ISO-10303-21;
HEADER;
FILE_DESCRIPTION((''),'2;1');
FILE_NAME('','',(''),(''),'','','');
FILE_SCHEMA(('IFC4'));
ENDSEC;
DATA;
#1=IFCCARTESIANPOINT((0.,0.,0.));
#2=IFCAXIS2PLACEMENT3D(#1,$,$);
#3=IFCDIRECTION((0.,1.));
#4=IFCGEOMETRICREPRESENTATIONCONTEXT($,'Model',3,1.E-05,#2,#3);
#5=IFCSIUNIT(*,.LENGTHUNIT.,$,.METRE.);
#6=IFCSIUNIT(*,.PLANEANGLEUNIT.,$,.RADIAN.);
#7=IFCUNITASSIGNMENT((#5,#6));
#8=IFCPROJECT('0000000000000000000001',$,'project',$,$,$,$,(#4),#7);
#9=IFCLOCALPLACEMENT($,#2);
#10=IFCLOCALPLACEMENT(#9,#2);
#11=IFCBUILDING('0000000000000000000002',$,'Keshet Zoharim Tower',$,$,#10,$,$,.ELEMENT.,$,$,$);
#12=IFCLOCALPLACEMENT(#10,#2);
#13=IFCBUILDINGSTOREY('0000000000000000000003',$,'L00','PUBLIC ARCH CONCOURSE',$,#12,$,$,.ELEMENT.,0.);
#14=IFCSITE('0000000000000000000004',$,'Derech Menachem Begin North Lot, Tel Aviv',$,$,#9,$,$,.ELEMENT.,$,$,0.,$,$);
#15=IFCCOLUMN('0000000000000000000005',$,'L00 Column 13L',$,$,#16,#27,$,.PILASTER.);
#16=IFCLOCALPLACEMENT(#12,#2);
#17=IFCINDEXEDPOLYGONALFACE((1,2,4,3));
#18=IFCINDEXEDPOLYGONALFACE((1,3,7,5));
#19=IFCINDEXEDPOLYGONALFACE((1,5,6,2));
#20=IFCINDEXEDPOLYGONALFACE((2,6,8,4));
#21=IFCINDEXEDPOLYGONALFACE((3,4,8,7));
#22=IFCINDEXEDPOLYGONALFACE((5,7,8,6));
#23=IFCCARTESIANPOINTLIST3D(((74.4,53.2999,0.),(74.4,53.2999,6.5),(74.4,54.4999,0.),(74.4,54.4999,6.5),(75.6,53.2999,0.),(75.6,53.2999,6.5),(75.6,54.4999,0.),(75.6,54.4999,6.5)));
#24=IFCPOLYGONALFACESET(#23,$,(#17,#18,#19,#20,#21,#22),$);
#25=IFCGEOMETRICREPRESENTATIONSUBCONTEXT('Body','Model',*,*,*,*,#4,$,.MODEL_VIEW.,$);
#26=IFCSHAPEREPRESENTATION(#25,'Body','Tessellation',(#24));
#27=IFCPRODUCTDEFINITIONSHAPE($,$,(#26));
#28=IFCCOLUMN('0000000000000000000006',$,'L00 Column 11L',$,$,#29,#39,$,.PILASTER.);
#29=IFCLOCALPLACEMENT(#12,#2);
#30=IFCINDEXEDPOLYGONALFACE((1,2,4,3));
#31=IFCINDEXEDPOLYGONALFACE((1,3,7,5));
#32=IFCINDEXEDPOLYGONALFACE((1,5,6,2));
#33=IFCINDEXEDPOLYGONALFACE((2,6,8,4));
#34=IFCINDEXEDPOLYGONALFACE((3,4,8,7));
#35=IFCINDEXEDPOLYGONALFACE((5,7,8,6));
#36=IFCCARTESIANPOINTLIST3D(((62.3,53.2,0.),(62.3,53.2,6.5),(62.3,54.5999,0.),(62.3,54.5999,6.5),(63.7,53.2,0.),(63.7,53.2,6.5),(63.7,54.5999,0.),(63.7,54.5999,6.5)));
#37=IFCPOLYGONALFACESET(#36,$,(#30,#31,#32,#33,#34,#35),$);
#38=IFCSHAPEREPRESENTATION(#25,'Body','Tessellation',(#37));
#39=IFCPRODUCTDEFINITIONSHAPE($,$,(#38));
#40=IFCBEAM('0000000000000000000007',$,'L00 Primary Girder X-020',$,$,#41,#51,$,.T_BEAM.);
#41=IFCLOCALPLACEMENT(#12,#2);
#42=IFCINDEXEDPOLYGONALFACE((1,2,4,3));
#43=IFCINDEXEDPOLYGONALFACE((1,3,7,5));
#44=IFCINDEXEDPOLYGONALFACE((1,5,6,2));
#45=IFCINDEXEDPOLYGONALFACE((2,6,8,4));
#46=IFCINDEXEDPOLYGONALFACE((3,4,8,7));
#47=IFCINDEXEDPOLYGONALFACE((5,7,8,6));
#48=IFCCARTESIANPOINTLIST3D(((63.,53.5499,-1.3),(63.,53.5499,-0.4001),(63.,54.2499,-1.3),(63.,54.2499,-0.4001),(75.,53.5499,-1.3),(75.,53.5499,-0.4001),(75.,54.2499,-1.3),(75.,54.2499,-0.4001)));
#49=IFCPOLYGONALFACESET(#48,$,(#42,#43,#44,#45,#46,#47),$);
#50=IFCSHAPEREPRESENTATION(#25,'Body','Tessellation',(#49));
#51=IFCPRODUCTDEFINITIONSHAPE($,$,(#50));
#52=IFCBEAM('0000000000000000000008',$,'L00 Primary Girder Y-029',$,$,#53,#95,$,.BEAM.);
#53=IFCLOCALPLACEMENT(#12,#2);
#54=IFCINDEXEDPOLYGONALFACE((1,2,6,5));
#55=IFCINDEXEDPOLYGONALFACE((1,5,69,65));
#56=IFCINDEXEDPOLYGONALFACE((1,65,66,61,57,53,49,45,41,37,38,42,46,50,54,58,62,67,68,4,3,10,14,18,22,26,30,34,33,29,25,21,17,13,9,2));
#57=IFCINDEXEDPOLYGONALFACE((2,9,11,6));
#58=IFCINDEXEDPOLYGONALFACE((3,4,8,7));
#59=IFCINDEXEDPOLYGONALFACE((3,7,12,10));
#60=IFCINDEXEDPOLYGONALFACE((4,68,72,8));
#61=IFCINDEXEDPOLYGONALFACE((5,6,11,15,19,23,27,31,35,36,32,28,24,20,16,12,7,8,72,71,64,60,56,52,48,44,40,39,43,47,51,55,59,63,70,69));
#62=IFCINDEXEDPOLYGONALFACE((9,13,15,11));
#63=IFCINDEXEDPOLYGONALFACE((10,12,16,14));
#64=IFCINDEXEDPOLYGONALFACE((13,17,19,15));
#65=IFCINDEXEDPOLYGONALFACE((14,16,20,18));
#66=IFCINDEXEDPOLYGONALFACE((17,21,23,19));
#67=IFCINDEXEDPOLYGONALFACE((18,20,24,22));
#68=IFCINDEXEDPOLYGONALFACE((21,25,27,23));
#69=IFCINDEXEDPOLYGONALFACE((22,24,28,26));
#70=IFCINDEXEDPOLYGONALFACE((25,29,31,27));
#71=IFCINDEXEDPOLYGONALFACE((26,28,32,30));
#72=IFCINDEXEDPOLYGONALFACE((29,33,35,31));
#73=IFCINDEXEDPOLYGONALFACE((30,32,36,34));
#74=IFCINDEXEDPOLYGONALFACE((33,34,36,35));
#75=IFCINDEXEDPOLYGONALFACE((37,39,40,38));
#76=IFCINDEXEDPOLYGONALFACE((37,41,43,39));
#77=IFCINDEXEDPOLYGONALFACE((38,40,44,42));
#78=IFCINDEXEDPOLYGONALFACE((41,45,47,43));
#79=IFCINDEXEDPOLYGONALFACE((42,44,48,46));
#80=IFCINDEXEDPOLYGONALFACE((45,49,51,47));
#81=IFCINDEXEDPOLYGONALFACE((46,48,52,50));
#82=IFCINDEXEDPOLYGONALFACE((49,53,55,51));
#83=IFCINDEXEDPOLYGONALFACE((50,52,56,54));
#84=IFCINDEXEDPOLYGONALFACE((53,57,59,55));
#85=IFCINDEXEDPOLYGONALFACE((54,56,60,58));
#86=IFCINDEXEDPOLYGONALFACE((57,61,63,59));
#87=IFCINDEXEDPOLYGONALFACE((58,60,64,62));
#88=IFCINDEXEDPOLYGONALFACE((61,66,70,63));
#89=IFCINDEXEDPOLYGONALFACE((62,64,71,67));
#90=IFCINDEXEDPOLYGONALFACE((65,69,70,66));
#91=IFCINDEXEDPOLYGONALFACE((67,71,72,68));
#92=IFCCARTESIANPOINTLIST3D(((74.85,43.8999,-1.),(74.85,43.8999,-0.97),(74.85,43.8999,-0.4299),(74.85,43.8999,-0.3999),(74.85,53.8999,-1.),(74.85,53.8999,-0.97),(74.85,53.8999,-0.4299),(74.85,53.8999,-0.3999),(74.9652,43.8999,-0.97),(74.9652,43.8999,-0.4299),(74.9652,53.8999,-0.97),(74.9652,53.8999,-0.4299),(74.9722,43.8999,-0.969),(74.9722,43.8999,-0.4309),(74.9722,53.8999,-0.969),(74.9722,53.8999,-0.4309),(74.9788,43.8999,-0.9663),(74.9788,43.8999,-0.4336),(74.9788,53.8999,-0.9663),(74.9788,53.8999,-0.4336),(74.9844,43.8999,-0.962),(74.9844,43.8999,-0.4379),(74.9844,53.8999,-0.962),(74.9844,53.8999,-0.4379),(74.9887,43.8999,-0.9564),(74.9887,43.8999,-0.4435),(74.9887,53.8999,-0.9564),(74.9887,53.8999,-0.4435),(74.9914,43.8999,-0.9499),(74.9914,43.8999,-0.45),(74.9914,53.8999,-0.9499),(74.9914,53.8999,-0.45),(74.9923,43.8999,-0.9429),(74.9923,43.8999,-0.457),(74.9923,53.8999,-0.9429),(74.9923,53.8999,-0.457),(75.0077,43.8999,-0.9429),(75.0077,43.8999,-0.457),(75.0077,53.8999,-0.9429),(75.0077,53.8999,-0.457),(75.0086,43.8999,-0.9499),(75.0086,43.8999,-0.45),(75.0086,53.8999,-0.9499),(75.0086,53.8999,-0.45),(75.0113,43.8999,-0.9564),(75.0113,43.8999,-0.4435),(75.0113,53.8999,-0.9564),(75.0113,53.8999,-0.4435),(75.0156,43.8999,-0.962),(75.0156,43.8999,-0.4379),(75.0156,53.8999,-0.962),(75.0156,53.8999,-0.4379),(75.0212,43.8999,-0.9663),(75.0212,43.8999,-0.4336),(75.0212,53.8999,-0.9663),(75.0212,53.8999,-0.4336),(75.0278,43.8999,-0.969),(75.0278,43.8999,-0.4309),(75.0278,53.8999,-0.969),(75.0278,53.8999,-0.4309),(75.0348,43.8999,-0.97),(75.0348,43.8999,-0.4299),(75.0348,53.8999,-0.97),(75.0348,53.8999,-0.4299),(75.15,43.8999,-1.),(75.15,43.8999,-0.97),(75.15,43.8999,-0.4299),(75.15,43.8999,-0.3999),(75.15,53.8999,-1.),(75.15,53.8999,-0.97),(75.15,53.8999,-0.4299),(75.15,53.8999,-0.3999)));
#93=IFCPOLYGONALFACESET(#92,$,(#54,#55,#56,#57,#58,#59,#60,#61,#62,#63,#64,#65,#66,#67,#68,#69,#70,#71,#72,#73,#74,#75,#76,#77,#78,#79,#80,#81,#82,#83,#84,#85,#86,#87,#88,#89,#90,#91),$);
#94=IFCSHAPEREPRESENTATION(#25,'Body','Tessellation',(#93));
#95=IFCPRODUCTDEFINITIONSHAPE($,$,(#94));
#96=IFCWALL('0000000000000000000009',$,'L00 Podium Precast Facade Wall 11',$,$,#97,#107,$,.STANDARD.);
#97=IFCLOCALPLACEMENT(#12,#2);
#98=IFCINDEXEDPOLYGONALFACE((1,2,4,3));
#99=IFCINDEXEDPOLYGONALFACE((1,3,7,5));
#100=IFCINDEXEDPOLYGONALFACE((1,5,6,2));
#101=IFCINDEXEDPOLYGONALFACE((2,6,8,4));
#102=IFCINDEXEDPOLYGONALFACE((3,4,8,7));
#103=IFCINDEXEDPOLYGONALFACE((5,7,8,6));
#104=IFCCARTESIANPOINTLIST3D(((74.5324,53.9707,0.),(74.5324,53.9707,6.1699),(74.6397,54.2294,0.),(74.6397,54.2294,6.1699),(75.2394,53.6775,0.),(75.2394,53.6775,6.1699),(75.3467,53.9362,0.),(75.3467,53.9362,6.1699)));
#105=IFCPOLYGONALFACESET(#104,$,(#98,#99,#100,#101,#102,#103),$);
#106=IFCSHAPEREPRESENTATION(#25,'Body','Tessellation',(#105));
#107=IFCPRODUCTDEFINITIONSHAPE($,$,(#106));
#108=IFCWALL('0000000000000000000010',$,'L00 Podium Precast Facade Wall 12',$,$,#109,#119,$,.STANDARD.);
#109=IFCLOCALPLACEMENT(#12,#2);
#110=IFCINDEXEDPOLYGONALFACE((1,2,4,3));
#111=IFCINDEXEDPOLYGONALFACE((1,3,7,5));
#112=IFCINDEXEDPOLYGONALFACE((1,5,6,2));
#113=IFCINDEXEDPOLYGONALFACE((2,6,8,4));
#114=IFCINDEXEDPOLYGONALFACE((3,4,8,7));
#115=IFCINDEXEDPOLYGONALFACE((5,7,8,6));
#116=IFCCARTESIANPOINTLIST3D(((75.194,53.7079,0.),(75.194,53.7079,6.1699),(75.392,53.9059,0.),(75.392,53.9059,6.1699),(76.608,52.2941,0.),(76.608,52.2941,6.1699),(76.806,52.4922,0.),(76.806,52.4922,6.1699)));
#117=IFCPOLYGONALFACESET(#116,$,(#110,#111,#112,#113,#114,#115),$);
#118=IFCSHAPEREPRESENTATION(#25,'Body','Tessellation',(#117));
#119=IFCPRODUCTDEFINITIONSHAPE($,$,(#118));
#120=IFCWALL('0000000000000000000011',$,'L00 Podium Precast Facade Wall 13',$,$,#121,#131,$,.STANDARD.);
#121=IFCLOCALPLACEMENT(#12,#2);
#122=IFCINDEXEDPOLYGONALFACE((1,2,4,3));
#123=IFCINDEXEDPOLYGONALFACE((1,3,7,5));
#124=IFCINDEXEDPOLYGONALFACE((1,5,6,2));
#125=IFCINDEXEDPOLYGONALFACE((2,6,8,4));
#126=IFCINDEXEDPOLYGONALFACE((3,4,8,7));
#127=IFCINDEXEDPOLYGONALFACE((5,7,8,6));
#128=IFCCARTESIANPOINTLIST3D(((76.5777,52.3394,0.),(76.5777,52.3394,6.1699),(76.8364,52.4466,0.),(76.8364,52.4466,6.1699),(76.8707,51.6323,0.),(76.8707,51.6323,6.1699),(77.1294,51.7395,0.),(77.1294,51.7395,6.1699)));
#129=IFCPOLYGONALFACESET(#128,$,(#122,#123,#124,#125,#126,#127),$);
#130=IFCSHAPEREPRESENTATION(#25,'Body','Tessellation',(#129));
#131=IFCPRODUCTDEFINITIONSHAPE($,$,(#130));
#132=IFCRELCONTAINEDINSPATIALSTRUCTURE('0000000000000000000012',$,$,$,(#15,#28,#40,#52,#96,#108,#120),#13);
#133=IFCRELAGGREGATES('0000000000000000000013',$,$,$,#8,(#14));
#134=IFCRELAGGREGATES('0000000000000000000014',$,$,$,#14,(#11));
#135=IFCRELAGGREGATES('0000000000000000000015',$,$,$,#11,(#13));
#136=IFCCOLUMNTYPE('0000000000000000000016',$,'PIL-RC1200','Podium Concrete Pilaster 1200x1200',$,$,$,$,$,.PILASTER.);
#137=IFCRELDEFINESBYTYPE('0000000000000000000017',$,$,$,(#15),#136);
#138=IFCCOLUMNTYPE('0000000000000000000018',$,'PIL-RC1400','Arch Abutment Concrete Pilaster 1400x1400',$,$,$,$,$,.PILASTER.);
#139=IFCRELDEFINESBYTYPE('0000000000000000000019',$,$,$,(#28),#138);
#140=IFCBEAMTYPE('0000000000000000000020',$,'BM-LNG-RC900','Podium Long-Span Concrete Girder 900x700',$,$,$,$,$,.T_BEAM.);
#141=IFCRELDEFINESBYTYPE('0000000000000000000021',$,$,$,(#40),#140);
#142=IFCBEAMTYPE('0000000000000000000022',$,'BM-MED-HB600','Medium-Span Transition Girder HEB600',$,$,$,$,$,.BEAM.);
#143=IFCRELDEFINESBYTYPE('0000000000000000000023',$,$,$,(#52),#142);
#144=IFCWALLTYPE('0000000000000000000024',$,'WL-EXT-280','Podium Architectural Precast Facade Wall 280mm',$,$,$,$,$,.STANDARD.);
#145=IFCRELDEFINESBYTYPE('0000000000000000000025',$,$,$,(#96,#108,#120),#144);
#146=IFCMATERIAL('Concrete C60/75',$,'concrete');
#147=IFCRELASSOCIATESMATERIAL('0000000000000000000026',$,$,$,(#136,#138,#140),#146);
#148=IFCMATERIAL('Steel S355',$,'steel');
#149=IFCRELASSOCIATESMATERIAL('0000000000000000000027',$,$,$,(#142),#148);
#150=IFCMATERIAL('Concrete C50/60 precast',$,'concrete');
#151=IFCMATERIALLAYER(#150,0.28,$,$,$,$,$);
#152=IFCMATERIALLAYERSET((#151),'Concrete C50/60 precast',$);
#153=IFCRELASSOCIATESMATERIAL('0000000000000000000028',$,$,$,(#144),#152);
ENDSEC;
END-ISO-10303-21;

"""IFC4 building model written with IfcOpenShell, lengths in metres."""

from ifc_helpers import new_model, si_unit, direction, frame, frame_2d, origin, origin_2d, place, context, subcontext, project, spatial, rectangle, i_section, extrude, material, layer, layer_set, material_profile, profile_set, type_object, element, save


model = new_model("IFC4")

# Units and contexts
model_context = context("Model", 3, precision=1e-05, world=origin(), true_north=direction((0.0, 1.0)))
body_context = subcontext(model_context, "Body", "Model", "MODEL_VIEW")
ifc_project = project(units=[si_unit("LENGTHUNIT", "METRE"), si_unit("PLANEANGLEUNIT", "RADIAN")], contexts=[model_context])

# Site, building, storey
site_placement = place(None, origin())
site = spatial("IfcSite", under=ifc_project, at=site_placement, Name="Derech Menachem Begin North Lot, Tel Aviv", CompositionType="ELEMENT", RefElevation=0.0)
building_placement = place(site_placement, origin())
building = spatial("IfcBuilding", under=site, at=building_placement, Name="Keshet Zoharim Tower", CompositionType="ELEMENT")
storey_placement = place(building_placement, origin())
storey = spatial("IfcBuildingStorey", under=building, at=storey_placement, Name="L00", Description="PUBLIC ARCH CONCOURSE", CompositionType="ELEMENT", Elevation=0.0)

# Columns
ifc_material_1 = material(Name="Concrete C60/75", Category="concrete")
ifc_material_profile_1 = material_profile(ifc_material_1, rectangle(XDim=1.2, YDim=1.2, at=origin_2d()), Name="RC1200x1200")
ifc_profile_set_1 = profile_set([ifc_material_profile_1], Name="Concrete C60/75")
column_type_1 = type_object("IfcColumnType", Name="PIL-RC1200", Description="Podium Concrete Pilaster 1200x1200", PredefinedType="PILASTER", material=ifc_profile_set_1)
column_1_placement = place(storey_placement, frame((75.0, 53.8999, 0.0), z_axis=(0.0, 0.0, 1.0), x_axis=(1.0, 0.0, 0.0)))
element("IfcColumn", 1, at=column_1_placement, inside=storey, type_object=column_type_1, Name="L00 Column 13L", PredefinedType="PILASTER", context=body_context, shape_type="SweptSolid", body=[
    extrude(rectangle(XDim=1.2, YDim=1.2, at=origin_2d()), origin(), (0.0, 0.0, 1.0), 6.5),
])
ifc_material_profile_2 = material_profile(ifc_material_1, rectangle(XDim=1.3999, YDim=1.3999, at=origin_2d()), Name="RC1400x1400")
ifc_profile_set_2 = profile_set([ifc_material_profile_2], Name="Concrete C60/75")
column_type_2 = type_object("IfcColumnType", Name="PIL-RC1400", Description="Arch Abutment Concrete Pilaster 1400x1400", PredefinedType="PILASTER", material=ifc_profile_set_2)
column_2_placement = place(storey_placement, frame((63.0, 53.8999, 0.0), z_axis=(0.0, 0.0, 1.0), x_axis=(1.0, 0.0, 0.0)))
element("IfcColumn", 2, at=column_2_placement, inside=storey, type_object=column_type_2, Name="L00 Column 11L", PredefinedType="PILASTER", context=body_context, shape_type="SweptSolid", body=[
    extrude(rectangle(XDim=1.3999, YDim=1.3999, at=origin_2d()), origin(), (0.0, 0.0, 1.0), 6.5),
])

# Beams
ifc_material_profile_3 = material_profile(ifc_material_1, rectangle(XDim=0.7, YDim=0.8999, at=origin_2d()), Name="RC900x700")
ifc_profile_set_3 = profile_set([ifc_material_profile_3], Name="Concrete C60/75")
beam_type_1 = type_object("IfcBeamType", Name="BM-LNG-RC900", Description="Podium Long-Span Concrete Girder 900x700", PredefinedType="T_BEAM", material=ifc_profile_set_3)
beam_1_placement = place(storey_placement, frame((63.0, 53.8999, -0.8501), z_axis=(1.0, 0.0, 0.0), x_axis=(0.0, 1.0, 0.0)))
element("IfcBeam", 3, at=beam_1_placement, inside=storey, type_object=beam_type_1, Name="L00 Primary Girder X-020", PredefinedType="T_BEAM", context=body_context, shape_type="SweptSolid", body=[
    extrude(rectangle(XDim=0.7, YDim=0.8999, at=origin_2d()), origin(), (0.0, 0.0, 1.0), 12.0),
])
ifc_material_2 = material(Name="Steel S355", Category="steel")
ifc_material_profile_4 = material_profile(ifc_material_2, i_section(OverallWidth=0.3, OverallDepth=0.6001, WebThickness=0.0154, FlangeThickness=0.03, FilletRadius=0.0271, at=origin_2d()), Name="HEB600")
ifc_profile_set_4 = profile_set([ifc_material_profile_4], Name="Steel S355")
beam_type_2 = type_object("IfcBeamType", Name="BM-MED-HB600", Description="Medium-Span Transition Girder HEB600", PredefinedType="BEAM", material=ifc_profile_set_4)
beam_2_placement = place(storey_placement, frame((75.0, 43.8999, -0.7), z_axis=(0.0, 1.0, 0.0), x_axis=(-1.0, 0.0, 0.0)))
element("IfcBeam", 4, at=beam_2_placement, inside=storey, type_object=beam_type_2, Name="L00 Primary Girder Y-029", PredefinedType="BEAM", context=body_context, shape_type="SweptSolid", body=[
    extrude(i_section(OverallWidth=0.3, OverallDepth=0.6001, WebThickness=0.0154, FlangeThickness=0.03, FilletRadius=0.0271, at=origin_2d()), origin(), (0.0, 0.0, 1.0), 10.0),
])

# Walls
ifc_material_3 = material(Name="Concrete C50/60 precast", Category="concrete")
ifc_layer = layer(ifc_material_3, 0.28)
ifc_layer_set = layer_set([ifc_layer], Name="Concrete C50/60 precast")
wall_type = type_object("IfcWallType", Name="WL-EXT-280", Description="Podium Architectural Precast Facade Wall 280mm", PredefinedType="STANDARD", material=ifc_layer_set)
wall_1_placement = place(storey_placement, frame((74.5859, 54.1001, 0.0), z_axis=(0.0, 0.0, 1.0), x_axis=(0.923717, -0.383075, 0.0)))
element("IfcWall", 5, at=wall_1_placement, inside=storey, type_object=wall_type, Name="L00 Podium Precast Facade Wall 11", PredefinedType="STANDARD", context=body_context, shape_type="SweptSolid", body=[
    extrude(rectangle(XDim=0.7654, YDim=0.28, at=frame_2d((0.3828, 0.0))), origin(), (0.0, 0.0, 1.0), 6.1699),
])
wall_2_placement = place(storey_placement, frame((75.293, 53.8069, 0.0), z_axis=(0.0, 0.0, 1.0), x_axis=(0.707168, -0.707046, 0.0)))
element("IfcWall", 6, at=wall_2_placement, inside=storey, type_object=wall_type, Name="L00 Podium Precast Facade Wall 12", PredefinedType="STANDARD", context=body_context, shape_type="SweptSolid", body=[
    extrude(rectangle(XDim=1.9995, YDim=0.28, at=frame_2d((0.9998, 0.0))), origin(), (0.0, 0.0, 1.0), 6.1699),
])
wall_3_placement = place(storey_placement, frame((76.707, 52.3931, 0.0), z_axis=(0.0, 0.0, 1.0), x_axis=(0.382803, -0.92383, 0.0)))
element("IfcWall", 7, at=wall_3_placement, inside=storey, type_object=wall_type, Name="L00 Podium Precast Facade Wall 13", PredefinedType="STANDARD", context=body_context, shape_type="SweptSolid", body=[
    extrude(rectangle(XDim=0.7654, YDim=0.28, at=frame_2d((0.3828, 0.0))), origin(), (0.0, 0.0, 1.0), 6.1699),
])

save(model, "model.ifc")
